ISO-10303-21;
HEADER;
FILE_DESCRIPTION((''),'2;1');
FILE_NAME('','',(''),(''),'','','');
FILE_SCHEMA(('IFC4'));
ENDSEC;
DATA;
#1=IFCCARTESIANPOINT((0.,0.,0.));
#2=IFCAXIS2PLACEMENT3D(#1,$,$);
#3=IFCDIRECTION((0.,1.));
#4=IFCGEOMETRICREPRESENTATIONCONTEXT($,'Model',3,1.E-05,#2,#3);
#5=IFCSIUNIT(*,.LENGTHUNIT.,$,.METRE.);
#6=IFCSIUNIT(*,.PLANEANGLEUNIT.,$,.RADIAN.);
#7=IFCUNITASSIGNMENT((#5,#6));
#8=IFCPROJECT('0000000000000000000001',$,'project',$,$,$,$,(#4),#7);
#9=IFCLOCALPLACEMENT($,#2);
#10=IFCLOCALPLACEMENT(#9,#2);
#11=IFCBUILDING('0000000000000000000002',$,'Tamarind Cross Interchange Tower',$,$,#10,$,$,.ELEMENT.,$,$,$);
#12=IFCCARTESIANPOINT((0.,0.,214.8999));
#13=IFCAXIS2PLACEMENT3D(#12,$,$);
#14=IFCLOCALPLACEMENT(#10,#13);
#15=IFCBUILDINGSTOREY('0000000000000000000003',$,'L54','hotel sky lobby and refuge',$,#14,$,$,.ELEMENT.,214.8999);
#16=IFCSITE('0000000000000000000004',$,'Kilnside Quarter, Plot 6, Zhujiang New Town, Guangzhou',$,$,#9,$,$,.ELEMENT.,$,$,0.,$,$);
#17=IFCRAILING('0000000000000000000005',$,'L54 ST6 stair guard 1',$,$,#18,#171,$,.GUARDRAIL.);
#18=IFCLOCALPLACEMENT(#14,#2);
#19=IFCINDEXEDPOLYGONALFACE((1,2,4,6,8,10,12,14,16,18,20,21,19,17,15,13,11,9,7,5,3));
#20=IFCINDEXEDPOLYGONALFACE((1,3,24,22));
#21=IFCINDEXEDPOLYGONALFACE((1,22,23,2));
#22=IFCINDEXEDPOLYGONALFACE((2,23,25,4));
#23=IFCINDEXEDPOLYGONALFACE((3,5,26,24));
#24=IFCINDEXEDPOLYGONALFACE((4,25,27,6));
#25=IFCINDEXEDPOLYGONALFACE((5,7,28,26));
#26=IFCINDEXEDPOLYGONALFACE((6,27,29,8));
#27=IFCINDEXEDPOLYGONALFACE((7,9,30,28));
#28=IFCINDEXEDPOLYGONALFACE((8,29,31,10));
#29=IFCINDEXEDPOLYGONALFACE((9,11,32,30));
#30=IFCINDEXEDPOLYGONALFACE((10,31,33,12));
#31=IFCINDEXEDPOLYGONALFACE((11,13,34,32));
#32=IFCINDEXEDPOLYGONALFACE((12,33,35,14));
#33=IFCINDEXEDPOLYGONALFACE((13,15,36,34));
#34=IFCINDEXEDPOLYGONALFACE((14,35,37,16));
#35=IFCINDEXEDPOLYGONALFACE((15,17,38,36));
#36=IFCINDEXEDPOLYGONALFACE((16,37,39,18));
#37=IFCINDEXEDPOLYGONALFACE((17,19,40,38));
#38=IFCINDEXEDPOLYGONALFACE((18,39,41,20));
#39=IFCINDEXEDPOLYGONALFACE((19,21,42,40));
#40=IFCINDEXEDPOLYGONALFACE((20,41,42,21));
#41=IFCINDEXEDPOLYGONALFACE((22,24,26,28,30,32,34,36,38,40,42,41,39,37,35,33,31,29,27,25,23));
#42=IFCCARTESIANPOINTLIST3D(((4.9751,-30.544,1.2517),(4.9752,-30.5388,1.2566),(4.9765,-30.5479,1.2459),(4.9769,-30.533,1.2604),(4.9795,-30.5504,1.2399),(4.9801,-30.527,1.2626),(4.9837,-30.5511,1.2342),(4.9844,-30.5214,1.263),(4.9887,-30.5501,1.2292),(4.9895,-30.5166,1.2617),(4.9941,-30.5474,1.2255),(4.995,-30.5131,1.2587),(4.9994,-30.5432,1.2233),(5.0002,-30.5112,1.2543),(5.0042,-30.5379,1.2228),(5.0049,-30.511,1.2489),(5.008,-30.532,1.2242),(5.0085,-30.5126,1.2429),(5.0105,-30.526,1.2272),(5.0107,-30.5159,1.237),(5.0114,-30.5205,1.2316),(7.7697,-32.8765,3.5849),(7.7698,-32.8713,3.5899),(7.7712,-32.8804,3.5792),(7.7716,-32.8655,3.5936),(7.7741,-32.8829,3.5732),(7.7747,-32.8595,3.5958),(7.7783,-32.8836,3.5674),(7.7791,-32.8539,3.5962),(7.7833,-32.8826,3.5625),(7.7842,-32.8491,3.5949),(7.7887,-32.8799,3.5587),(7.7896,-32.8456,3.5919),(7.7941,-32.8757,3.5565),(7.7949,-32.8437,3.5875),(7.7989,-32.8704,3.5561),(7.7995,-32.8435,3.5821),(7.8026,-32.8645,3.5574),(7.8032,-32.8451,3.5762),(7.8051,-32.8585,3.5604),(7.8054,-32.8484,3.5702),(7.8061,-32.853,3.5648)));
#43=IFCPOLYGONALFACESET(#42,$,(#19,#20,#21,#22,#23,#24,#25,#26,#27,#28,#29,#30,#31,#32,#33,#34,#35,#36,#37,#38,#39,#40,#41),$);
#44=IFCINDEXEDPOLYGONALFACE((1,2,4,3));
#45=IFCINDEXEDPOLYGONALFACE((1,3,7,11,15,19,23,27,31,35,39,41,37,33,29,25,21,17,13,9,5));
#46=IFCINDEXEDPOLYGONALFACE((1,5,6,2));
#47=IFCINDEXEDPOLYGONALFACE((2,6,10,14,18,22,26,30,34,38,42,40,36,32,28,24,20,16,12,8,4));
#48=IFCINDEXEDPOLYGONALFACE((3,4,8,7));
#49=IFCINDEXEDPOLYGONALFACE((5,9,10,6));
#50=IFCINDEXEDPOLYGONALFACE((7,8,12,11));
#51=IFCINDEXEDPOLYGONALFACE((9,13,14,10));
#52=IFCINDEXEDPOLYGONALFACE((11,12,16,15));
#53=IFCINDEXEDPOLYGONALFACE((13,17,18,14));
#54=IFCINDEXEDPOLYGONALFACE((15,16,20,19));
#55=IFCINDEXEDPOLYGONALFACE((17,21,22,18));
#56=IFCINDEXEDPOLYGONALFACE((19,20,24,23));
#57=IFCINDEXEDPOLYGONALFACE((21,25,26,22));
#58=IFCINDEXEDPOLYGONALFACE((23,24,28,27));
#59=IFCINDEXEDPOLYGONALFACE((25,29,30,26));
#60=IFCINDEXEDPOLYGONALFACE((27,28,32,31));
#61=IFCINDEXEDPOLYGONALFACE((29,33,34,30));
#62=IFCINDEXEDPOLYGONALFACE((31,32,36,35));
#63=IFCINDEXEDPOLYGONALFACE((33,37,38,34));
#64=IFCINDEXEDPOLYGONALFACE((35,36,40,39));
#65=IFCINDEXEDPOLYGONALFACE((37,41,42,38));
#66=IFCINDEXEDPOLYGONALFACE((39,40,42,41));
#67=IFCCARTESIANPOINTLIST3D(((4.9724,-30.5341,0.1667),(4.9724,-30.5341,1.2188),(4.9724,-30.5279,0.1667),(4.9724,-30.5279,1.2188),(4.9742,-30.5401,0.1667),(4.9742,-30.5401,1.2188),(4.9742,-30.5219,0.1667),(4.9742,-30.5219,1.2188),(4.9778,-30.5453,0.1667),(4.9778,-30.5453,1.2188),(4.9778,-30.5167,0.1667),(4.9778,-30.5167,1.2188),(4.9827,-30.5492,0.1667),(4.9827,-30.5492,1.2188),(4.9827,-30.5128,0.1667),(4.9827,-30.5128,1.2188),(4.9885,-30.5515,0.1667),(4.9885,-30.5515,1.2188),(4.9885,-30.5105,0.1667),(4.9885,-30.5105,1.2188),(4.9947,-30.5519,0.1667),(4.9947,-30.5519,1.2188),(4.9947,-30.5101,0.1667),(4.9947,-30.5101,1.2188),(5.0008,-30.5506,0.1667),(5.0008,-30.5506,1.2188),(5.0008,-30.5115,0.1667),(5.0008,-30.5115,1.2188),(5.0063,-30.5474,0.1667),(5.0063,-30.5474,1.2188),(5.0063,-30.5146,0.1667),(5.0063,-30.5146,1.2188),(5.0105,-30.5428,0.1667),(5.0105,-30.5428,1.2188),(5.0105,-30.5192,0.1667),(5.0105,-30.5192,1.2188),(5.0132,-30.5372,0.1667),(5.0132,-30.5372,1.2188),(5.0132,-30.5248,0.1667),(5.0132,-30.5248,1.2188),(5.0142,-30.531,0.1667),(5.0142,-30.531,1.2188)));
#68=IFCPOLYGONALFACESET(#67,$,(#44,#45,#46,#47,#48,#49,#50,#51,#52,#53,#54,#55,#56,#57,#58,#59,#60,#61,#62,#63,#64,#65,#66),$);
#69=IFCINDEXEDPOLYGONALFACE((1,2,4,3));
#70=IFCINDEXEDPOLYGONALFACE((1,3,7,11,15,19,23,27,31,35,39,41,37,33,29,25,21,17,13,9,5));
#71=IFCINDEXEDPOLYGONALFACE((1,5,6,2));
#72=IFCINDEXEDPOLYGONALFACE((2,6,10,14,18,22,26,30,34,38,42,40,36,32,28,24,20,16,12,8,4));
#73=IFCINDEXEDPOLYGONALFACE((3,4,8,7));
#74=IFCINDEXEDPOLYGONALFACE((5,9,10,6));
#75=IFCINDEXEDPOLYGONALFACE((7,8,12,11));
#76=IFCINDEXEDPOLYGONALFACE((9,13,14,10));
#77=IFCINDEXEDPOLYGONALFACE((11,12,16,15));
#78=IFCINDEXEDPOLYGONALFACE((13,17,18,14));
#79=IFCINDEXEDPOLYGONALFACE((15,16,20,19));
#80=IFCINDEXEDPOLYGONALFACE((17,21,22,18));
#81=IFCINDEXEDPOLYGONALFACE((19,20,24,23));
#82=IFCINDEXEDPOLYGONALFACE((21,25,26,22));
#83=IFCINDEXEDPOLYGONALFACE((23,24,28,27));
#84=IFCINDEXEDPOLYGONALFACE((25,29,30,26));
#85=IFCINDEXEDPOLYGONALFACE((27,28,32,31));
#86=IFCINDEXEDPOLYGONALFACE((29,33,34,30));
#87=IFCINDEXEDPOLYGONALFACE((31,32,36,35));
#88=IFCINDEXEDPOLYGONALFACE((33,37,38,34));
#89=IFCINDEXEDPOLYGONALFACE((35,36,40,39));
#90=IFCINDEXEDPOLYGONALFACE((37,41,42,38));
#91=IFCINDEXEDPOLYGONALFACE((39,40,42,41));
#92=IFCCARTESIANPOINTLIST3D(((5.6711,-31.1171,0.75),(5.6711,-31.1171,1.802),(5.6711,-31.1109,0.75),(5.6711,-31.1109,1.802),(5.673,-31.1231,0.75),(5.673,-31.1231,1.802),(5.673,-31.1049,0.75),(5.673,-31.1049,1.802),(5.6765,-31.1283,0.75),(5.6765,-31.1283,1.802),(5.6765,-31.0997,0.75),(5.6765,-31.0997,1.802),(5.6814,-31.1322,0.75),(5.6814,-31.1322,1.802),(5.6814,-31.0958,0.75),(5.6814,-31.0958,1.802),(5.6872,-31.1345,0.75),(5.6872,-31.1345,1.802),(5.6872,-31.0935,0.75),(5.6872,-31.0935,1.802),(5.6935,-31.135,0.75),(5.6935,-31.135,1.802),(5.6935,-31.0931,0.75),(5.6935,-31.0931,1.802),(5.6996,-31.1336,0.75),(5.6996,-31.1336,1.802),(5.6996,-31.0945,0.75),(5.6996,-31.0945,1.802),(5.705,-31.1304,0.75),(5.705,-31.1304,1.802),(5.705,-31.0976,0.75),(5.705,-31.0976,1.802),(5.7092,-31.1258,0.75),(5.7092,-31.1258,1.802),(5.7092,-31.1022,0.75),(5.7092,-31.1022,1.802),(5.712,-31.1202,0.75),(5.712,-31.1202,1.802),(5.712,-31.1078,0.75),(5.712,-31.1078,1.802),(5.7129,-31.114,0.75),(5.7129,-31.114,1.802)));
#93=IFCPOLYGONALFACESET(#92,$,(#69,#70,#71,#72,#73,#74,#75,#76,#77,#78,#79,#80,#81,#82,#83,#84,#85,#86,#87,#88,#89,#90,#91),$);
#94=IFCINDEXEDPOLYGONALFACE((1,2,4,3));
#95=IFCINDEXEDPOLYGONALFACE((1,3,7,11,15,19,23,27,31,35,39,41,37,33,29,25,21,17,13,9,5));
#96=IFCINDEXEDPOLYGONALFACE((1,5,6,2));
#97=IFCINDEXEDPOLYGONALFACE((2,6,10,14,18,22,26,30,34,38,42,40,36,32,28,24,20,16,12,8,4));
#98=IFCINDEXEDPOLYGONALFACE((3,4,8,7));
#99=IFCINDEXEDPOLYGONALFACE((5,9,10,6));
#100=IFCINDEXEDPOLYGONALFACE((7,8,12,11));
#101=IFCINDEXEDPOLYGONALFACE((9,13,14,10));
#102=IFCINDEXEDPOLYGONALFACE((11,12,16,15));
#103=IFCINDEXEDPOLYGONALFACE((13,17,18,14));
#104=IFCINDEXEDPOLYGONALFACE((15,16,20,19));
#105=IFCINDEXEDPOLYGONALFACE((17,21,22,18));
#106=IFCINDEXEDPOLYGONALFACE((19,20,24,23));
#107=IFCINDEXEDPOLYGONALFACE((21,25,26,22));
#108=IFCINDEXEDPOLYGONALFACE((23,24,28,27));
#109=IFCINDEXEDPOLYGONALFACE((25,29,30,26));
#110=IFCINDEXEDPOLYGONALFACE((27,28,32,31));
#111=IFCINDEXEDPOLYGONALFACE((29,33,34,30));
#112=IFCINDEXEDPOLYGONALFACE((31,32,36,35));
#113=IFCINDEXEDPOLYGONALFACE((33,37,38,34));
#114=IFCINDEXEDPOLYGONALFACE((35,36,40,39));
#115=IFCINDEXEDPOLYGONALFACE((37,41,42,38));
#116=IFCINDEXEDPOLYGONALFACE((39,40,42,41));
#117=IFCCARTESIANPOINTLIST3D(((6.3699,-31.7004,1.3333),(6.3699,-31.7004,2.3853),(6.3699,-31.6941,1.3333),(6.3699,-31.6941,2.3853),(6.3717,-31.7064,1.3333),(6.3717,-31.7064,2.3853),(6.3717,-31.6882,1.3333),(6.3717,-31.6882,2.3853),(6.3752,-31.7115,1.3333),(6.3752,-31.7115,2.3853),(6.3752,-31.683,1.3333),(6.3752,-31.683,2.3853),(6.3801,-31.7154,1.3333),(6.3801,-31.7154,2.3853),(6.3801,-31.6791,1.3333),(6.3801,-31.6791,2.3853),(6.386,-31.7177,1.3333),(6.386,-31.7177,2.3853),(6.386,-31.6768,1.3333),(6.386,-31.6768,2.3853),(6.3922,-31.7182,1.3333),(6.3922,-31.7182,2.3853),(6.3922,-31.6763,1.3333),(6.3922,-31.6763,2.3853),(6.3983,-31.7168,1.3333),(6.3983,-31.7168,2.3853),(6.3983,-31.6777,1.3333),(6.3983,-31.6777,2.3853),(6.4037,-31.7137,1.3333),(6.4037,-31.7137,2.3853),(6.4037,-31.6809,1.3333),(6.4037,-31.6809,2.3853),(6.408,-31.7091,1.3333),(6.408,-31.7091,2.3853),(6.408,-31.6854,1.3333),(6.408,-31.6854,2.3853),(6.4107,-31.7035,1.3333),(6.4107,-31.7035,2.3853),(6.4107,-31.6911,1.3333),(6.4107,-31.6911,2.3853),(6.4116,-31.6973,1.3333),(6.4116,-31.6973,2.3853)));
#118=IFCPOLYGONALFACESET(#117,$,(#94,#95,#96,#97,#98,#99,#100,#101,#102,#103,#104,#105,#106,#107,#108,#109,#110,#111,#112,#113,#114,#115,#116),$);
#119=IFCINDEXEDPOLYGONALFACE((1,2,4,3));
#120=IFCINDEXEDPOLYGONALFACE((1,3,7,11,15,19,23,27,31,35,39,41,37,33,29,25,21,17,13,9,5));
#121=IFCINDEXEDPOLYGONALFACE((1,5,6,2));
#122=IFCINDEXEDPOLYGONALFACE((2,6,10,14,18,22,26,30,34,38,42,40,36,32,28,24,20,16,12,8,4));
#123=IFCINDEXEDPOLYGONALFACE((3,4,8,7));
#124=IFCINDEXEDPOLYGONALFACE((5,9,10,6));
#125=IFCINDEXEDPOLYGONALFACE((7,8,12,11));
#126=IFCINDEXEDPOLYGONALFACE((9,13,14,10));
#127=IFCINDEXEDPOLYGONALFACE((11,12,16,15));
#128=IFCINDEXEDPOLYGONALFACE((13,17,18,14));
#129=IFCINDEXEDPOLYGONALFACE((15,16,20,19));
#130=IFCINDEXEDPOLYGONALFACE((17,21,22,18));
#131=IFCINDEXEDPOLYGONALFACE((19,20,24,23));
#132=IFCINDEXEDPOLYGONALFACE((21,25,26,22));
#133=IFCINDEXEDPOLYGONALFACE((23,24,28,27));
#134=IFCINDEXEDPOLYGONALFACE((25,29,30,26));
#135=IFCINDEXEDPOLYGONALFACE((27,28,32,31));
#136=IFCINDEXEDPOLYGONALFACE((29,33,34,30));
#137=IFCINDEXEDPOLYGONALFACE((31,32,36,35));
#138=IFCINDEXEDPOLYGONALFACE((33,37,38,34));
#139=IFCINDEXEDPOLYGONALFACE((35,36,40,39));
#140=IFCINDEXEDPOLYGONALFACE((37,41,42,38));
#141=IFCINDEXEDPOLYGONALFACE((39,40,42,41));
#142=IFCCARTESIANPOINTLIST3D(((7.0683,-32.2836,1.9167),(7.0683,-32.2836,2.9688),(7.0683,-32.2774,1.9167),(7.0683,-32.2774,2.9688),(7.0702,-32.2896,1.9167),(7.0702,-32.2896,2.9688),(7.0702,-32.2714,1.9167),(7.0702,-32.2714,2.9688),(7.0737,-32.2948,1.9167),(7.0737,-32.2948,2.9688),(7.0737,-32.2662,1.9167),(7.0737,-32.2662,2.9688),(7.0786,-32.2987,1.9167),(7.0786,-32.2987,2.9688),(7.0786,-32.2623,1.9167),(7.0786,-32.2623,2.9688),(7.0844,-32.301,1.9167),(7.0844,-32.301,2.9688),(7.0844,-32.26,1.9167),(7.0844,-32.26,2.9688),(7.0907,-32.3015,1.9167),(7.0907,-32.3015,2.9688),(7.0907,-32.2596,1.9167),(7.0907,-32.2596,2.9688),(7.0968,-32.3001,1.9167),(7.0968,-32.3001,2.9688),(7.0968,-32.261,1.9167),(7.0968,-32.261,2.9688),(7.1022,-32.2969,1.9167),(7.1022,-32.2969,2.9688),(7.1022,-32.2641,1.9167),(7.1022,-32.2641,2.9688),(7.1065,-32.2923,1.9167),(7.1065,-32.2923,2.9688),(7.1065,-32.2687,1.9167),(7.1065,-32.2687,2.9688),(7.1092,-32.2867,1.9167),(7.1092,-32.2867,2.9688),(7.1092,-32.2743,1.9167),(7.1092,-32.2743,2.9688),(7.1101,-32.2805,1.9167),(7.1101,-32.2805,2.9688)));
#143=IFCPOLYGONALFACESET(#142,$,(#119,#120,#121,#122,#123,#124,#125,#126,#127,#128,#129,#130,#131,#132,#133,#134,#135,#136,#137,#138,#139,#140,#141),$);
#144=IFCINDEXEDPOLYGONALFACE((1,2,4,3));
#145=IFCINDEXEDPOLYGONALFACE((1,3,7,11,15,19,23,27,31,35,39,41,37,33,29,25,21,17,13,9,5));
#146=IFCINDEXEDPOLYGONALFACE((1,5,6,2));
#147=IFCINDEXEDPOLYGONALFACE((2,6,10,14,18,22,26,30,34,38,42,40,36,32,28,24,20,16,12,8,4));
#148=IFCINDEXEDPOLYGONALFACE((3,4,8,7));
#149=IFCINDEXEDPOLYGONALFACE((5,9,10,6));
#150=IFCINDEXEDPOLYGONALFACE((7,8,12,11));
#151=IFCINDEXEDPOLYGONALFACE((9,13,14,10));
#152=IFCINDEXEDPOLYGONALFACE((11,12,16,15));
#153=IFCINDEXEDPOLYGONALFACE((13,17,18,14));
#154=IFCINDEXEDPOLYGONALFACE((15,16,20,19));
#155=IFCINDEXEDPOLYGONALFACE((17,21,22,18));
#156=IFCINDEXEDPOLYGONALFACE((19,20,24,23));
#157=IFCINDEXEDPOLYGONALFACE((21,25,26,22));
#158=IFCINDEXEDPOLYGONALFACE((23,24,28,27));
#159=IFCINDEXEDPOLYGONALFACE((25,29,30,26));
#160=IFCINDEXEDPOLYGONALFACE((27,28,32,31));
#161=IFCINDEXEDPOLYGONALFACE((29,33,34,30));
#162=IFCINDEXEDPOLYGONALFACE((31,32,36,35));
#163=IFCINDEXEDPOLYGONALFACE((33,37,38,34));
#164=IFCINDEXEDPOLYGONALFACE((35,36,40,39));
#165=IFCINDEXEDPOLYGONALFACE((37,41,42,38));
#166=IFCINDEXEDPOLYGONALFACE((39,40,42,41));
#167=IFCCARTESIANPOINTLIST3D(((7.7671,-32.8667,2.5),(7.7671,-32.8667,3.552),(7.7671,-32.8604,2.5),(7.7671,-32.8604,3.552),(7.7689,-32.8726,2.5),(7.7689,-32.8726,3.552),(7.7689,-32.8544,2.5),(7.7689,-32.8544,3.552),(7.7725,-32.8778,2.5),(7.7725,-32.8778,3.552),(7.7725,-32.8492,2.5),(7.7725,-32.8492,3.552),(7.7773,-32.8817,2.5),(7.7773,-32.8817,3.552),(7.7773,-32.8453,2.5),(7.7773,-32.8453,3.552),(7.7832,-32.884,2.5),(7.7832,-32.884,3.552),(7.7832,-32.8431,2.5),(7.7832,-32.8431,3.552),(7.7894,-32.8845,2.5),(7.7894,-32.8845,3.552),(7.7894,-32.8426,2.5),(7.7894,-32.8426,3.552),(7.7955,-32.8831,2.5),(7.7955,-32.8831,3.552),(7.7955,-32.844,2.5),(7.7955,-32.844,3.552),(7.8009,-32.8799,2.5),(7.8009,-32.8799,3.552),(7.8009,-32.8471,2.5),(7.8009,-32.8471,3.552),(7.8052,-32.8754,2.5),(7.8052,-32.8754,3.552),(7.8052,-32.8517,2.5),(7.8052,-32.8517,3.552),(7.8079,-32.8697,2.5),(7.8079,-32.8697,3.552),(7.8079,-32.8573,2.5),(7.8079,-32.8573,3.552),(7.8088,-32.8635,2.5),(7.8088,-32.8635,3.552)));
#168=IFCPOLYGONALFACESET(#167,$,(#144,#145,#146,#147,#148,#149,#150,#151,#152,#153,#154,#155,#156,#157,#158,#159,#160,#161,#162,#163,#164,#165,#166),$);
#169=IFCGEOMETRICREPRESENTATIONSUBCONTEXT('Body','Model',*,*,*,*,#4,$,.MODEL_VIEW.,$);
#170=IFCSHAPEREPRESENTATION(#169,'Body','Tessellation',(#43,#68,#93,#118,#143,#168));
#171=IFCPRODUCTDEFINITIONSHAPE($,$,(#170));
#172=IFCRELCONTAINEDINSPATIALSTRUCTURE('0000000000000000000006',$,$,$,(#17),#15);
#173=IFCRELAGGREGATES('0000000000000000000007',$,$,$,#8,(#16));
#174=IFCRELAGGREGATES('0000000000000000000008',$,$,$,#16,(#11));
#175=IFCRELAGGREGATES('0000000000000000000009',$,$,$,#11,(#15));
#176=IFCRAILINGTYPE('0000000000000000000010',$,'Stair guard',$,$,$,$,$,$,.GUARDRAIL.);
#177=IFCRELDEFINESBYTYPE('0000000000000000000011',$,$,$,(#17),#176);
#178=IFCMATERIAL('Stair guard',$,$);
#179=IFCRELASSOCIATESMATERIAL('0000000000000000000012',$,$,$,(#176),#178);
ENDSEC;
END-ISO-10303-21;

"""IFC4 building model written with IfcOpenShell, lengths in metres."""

from ifc_helpers import new_model, si_unit, direction, frame, origin, origin_2d, place, context, subcontext, project, spatial, circle, extrude, material, type_object, element, save


model = new_model("IFC4")

# Units and contexts
model_context = context("Model", 3, precision=1e-05, world=origin(), true_north=direction((0.0, 1.0)))
body_context = subcontext(model_context, "Body", "Model", "MODEL_VIEW")
ifc_project = project(units=[si_unit("LENGTHUNIT", "METRE"), si_unit("PLANEANGLEUNIT", "RADIAN")], contexts=[model_context])

# Site, building, storey
site_placement = place(None, origin())
site = spatial("IfcSite", under=ifc_project, at=site_placement, Name="Kilnside Quarter, Plot 6, Zhujiang New Town, Guangzhou", CompositionType="ELEMENT", RefElevation=0.0)
building_placement = place(site_placement, origin())
building = spatial("IfcBuilding", under=site, at=building_placement, Name="Tamarind Cross Interchange Tower", CompositionType="ELEMENT")
storey_placement = place(building_placement, frame((0.0, 0.0, 214.8999)))
storey = spatial("IfcBuildingStorey", under=building, at=storey_placement, Name="L54", Description="hotel sky lobby and refuge", CompositionType="ELEMENT", Elevation=214.8999)

# Railing
ifc_material_1 = material(Name="Stair guard")
railing_type_1 = type_object("IfcRailingType", Name="Stair guard", PredefinedType="GUARDRAIL", material=ifc_material_1)
railing_1_placement = place(storey_placement, frame((4.9932, -30.531, 0.1667)))
element("IfcRailing", 1, at=railing_1_placement, inside=storey, type_object=railing_type_1, Name="L54 ST6 stair guard 1", PredefinedType="GUARDRAIL", context=body_context, shape_type="SweptSolid", body=[
    extrude(circle(Radius=0.0239, at=origin_2d()), frame((0.0, 0.0, 1.0762), z_axis=(0.646353, -0.539465, 0.539634), x_axis=(0.640771, 0.767732, 0.0)), (0.0, 0.0, 1.0), 4.3237),
    extrude(circle(Radius=0.021, at=origin_2d()), origin(), (0.0, 0.0, 1.0), 1.052),
    extrude(circle(Radius=0.021, at=origin_2d()), frame((0.6987, -0.583, 0.5833)), (0.0, 0.0, 1.0), 1.052),
    extrude(circle(Radius=0.021, at=origin_2d()), frame((1.3975, -1.1663, 1.1665)), (0.0, 0.0, 1.0), 1.052),
    extrude(circle(Radius=0.021, at=origin_2d()), frame((2.0959, -1.7495, 1.75)), (0.0, 0.0, 1.0), 1.052),
    extrude(circle(Radius=0.021, at=origin_2d()), frame((2.7947, -2.3325, 2.3333)), (0.0, 0.0, 1.0), 1.052),
])

save(model, "model.ifc")
